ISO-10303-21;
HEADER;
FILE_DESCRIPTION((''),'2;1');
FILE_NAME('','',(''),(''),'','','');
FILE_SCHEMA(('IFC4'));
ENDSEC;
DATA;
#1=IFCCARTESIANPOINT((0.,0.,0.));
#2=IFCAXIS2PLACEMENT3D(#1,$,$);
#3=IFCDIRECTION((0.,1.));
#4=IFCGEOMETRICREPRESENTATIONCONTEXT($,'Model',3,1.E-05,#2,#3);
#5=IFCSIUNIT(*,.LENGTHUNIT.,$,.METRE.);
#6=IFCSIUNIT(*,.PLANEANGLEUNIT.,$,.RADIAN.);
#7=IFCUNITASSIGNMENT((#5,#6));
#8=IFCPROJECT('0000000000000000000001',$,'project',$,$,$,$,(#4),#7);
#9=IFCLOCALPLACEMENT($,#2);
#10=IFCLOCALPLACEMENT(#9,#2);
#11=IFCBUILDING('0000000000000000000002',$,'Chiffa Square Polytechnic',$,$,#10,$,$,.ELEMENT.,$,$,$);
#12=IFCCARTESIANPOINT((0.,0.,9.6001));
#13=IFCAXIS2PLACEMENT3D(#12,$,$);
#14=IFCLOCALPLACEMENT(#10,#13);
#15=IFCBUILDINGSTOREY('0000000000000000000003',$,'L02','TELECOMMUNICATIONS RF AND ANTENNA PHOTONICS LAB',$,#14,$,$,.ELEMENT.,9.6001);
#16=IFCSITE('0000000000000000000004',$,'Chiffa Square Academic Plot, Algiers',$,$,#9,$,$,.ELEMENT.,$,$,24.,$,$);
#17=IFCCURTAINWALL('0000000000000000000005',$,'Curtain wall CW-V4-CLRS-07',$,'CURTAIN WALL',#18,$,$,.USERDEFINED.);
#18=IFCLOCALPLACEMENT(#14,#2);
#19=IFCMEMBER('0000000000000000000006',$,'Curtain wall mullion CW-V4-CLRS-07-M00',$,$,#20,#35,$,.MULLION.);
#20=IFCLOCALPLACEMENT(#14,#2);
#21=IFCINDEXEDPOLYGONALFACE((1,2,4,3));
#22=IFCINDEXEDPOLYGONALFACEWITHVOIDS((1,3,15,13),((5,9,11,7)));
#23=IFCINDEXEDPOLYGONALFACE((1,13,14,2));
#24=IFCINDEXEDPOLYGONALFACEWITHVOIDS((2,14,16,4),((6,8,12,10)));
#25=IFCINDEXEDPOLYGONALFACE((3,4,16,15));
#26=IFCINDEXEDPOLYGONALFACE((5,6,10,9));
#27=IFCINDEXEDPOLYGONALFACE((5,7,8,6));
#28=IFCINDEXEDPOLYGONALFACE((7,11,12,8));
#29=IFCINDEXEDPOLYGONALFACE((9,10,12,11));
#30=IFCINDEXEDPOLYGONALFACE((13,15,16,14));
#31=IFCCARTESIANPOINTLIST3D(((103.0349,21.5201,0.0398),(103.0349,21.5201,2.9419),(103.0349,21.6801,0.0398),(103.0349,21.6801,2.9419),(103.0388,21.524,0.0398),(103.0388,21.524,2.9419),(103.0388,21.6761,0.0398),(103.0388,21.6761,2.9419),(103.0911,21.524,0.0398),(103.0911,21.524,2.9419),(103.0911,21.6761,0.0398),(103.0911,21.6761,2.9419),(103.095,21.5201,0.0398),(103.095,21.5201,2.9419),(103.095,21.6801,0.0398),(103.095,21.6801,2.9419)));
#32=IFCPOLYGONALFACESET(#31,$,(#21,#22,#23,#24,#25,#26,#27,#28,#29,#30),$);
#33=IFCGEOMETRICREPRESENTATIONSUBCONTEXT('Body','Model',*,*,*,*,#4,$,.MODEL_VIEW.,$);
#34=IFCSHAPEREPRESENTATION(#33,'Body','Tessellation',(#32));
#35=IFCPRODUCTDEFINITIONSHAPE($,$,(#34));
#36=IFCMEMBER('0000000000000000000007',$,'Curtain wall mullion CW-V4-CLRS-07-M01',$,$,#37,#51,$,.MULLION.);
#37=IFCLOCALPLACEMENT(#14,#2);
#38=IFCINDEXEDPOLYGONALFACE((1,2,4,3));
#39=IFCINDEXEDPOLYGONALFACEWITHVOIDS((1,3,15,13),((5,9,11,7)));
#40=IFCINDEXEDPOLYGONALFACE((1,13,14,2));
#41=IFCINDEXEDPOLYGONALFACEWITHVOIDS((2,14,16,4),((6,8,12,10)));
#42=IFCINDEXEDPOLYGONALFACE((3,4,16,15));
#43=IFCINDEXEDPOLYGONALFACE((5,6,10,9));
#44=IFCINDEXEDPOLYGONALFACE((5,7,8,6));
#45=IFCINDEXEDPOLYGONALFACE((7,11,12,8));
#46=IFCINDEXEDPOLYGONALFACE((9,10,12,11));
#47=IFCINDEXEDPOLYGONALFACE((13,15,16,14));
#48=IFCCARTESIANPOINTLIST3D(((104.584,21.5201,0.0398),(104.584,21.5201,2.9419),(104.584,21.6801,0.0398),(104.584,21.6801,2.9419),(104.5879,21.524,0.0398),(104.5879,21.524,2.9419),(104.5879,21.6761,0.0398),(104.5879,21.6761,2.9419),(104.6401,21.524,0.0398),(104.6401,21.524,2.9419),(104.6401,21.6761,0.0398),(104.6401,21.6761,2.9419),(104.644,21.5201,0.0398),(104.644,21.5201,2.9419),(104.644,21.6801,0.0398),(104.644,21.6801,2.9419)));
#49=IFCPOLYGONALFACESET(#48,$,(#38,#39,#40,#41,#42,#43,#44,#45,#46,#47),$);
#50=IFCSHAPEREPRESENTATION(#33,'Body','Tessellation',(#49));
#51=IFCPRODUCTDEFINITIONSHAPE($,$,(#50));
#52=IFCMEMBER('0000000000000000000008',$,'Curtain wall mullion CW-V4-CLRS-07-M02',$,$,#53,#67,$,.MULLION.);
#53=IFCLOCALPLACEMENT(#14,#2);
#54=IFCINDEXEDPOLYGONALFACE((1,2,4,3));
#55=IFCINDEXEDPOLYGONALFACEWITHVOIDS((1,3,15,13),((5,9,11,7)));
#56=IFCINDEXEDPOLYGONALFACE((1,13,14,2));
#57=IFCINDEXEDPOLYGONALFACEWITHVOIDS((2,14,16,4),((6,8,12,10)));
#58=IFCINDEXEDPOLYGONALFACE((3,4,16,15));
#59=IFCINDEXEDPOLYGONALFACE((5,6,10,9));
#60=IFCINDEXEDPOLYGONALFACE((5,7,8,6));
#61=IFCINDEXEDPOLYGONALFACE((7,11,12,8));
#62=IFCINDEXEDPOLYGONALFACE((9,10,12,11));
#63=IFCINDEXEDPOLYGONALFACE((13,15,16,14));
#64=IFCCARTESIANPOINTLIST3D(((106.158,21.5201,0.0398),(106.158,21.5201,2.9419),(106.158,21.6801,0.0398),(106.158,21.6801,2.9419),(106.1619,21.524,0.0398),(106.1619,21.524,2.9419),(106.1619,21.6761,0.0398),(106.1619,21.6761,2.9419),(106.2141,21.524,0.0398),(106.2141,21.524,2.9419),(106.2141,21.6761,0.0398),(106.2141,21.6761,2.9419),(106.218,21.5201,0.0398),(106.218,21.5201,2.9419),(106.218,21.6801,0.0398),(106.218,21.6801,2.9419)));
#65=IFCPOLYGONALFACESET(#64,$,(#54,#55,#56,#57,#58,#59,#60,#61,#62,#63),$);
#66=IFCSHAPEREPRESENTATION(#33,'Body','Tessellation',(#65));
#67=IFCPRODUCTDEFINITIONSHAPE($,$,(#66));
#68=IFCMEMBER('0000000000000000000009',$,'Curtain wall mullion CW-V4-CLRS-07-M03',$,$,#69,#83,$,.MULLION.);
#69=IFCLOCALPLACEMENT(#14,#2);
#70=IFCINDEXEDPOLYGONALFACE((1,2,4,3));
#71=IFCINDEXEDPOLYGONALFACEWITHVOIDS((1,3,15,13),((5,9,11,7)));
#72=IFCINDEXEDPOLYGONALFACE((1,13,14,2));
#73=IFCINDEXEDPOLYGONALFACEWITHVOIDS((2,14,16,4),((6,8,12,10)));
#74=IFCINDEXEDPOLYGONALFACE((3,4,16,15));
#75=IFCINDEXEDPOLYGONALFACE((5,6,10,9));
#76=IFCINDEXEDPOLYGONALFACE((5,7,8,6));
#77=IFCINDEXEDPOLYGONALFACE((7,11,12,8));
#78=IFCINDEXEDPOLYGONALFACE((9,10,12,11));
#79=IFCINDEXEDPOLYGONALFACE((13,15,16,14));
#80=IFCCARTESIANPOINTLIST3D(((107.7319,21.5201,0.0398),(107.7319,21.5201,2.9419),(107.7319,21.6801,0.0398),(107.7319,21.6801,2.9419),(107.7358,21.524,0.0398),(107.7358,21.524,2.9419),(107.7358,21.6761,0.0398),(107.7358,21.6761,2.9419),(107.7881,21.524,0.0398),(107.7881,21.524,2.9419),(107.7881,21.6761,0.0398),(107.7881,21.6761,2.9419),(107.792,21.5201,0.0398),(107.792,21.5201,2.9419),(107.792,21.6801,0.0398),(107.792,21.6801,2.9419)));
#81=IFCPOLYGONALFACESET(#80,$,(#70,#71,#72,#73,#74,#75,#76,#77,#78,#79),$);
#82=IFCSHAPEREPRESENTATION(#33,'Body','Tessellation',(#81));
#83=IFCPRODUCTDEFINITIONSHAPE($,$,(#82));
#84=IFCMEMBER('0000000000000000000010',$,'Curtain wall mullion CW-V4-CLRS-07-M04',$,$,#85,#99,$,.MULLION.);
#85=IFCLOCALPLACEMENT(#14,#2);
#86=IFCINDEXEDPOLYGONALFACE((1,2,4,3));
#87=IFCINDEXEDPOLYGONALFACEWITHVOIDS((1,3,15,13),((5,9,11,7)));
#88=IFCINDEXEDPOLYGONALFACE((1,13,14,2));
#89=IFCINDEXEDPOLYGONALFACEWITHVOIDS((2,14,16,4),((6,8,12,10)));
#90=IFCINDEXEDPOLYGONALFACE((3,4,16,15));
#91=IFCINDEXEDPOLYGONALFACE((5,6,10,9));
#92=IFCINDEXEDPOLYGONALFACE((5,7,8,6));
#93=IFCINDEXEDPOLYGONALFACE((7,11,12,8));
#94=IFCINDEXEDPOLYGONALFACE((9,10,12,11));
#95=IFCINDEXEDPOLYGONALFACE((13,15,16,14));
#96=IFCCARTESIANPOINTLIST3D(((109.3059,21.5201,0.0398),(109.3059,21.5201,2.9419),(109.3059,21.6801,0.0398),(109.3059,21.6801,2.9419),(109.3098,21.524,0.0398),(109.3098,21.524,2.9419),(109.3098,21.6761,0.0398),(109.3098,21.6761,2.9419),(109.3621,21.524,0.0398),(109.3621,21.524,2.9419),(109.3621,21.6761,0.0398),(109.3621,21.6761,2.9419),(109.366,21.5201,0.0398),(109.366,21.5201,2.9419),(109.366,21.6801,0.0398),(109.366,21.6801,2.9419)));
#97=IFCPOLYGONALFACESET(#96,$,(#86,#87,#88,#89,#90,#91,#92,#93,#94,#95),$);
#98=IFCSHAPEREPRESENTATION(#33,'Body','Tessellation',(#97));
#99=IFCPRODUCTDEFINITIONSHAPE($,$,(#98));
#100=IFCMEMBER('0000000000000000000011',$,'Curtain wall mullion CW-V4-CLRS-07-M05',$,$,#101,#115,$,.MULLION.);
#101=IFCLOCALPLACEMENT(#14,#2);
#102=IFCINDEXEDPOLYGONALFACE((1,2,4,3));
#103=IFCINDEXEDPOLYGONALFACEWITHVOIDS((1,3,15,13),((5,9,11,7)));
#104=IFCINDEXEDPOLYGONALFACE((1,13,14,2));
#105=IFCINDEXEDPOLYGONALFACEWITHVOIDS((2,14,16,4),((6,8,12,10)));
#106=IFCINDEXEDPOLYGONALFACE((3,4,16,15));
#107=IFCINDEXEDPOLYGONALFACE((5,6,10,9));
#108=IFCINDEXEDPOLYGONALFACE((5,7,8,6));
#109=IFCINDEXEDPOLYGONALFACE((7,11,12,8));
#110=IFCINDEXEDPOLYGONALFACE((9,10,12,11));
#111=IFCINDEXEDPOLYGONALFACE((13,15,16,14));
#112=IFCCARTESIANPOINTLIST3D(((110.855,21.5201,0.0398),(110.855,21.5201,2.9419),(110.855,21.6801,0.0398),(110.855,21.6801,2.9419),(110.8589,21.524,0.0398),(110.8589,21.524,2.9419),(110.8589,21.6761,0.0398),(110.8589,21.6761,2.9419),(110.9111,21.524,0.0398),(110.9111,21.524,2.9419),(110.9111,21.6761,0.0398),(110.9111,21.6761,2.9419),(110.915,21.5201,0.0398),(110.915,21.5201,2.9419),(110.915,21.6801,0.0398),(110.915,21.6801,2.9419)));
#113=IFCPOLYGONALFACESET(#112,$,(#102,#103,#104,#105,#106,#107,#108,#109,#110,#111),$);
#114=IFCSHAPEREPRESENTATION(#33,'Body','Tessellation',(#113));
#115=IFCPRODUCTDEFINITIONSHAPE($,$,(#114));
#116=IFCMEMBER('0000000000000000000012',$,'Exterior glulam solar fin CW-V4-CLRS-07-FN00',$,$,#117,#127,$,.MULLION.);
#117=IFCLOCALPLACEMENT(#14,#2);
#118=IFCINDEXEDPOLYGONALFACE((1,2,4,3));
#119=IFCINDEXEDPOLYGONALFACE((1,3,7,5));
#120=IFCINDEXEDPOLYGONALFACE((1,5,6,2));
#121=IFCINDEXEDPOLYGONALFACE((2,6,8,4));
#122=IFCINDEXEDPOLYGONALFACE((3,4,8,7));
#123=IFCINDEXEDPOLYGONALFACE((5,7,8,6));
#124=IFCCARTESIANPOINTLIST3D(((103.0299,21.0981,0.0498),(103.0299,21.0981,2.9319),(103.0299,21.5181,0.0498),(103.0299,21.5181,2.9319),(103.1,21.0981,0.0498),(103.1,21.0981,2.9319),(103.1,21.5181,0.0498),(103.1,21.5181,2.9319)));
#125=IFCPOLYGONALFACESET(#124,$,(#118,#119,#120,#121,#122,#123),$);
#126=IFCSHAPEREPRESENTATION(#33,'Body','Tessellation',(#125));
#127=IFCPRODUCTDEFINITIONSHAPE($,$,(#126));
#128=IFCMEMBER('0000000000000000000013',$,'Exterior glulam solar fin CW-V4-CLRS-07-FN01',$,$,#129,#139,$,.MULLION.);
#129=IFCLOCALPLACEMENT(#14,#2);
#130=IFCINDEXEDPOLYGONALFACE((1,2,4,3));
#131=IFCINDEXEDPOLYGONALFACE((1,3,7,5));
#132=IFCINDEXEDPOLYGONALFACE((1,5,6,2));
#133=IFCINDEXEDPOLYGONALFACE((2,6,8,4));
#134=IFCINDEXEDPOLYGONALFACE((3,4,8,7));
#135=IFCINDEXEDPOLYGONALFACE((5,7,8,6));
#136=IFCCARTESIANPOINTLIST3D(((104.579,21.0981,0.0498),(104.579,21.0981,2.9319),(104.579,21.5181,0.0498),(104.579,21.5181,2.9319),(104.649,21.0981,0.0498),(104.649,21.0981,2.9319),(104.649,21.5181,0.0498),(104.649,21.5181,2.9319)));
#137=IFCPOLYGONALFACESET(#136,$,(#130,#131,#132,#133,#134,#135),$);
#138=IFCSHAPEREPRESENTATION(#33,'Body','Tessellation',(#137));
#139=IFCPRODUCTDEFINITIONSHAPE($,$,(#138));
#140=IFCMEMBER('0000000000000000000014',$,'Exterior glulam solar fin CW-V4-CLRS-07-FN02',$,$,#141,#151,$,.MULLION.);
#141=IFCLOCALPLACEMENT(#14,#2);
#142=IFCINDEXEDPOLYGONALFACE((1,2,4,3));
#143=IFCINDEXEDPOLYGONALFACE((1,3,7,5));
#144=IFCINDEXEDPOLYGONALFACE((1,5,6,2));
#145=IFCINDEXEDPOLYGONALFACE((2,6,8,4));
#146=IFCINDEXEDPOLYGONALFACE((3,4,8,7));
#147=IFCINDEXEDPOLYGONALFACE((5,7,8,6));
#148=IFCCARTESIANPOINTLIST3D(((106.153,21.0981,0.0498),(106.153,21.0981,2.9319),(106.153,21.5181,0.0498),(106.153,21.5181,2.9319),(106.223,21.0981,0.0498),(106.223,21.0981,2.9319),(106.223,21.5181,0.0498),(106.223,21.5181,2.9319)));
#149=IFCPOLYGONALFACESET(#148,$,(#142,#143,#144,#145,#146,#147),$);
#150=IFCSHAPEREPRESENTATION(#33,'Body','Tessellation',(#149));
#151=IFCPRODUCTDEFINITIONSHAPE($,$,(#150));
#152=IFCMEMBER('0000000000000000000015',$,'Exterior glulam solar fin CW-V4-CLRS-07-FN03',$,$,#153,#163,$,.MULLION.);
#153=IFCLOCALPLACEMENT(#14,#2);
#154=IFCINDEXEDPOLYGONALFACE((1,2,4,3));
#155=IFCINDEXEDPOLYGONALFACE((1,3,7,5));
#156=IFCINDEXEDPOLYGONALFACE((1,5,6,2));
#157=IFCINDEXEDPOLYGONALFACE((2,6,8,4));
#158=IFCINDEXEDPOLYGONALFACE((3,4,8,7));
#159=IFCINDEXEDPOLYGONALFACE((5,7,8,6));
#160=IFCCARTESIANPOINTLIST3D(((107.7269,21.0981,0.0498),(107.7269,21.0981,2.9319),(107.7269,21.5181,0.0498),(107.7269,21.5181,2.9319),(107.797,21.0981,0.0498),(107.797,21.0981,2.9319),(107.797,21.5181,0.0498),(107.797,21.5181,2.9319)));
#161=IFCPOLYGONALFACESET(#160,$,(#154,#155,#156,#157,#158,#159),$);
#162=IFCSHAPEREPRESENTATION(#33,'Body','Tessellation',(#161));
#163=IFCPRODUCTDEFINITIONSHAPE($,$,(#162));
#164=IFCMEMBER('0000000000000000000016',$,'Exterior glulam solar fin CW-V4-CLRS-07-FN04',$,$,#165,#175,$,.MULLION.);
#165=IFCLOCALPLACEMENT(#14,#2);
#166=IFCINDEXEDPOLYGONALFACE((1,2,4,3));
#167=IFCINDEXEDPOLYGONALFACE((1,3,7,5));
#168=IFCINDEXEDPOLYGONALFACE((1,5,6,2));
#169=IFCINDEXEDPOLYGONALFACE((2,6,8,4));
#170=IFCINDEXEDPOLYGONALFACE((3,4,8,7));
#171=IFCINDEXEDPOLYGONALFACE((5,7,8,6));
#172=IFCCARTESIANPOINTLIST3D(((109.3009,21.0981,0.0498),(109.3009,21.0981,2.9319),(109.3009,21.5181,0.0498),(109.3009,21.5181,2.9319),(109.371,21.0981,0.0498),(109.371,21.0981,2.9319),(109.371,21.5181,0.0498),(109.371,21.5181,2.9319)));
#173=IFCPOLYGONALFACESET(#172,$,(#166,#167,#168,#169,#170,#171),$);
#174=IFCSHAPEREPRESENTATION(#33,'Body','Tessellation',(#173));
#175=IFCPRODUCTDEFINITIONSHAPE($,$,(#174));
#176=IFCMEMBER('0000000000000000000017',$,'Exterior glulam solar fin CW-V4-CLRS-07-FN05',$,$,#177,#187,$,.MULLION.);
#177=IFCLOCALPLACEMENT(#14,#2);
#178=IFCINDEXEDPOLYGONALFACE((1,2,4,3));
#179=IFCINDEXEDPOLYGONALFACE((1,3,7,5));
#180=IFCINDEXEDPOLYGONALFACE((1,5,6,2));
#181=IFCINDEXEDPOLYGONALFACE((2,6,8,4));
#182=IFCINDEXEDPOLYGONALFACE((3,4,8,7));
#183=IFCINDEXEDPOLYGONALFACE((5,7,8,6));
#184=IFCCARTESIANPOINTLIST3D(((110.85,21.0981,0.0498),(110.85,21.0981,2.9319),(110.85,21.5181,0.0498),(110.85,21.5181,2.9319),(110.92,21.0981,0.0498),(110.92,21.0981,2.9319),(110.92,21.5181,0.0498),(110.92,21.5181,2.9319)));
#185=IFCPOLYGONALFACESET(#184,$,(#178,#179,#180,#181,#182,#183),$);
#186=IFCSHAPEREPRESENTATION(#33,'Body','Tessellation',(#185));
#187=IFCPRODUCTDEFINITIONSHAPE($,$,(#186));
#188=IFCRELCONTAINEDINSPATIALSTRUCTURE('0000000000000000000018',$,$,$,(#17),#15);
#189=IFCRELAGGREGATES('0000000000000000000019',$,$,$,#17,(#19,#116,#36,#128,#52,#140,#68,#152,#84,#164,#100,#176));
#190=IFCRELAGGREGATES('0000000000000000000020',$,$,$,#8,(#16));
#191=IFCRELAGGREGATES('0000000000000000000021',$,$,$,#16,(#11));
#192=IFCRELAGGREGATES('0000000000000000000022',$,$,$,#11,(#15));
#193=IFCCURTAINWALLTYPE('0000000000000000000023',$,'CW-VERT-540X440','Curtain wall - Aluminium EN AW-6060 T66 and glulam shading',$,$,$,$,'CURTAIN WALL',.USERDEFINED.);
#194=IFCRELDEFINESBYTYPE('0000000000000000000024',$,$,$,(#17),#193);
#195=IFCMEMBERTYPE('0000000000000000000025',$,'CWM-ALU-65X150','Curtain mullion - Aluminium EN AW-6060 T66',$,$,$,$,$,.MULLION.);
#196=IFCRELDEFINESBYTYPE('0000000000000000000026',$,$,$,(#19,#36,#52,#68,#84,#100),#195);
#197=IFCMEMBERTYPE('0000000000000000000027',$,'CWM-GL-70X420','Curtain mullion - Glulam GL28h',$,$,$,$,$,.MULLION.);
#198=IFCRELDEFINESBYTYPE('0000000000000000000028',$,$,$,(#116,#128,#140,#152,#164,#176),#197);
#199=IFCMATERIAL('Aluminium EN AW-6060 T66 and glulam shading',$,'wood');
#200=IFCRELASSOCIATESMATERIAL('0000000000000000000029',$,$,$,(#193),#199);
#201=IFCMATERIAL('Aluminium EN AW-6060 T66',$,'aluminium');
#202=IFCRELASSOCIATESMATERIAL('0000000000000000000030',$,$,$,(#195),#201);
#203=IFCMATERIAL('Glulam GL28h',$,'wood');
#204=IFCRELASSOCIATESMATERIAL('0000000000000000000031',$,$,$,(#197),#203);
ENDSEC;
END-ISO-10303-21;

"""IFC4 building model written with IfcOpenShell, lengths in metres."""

from ifc_helpers import new_model, si_unit, direction, frame, origin, origin_2d, place, context, subcontext, project, spatial, rectangle, hollow_rectangle, extrude, material, material_profile, profile_set, type_object, element, aggregate, save


model = new_model("IFC4")

# Units and contexts
model_context = context("Model", 3, precision=1e-05, world=origin(), true_north=direction((0.0, 1.0)))
body_context = subcontext(model_context, "Body", "Model", "MODEL_VIEW")
ifc_project = project(units=[si_unit("LENGTHUNIT", "METRE"), si_unit("PLANEANGLEUNIT", "RADIAN")], contexts=[model_context])

# Site, building, storey
site_placement = place(None, origin())
site = spatial("IfcSite", under=ifc_project, at=site_placement, Name="Chiffa Square Academic Plot, Algiers", CompositionType="ELEMENT", RefElevation=24.0)
building_placement = place(site_placement, origin())
building = spatial("IfcBuilding", under=site, at=building_placement, Name="Chiffa Square Polytechnic", CompositionType="ELEMENT")
storey_placement = place(building_placement, frame((0.0, 0.0, 9.6001)))
storey = spatial("IfcBuildingStorey", under=building, at=storey_placement, Name="L02", Description="TELECOMMUNICATIONS RF AND ANTENNA PHOTONICS LAB", CompositionType="ELEMENT", Elevation=9.6001)

# Curtain wall, members
ifc_material_1 = material(Name="Aluminium EN AW-6060 T66 and glulam shading", Category="wood")
curtain_wall_type = type_object("IfcCurtainWallType", Name="CW-VERT-540X440", Description="Curtain wall - Aluminium EN AW-6060 T66 and glulam shading", ElementType="CURTAIN WALL", PredefinedType="USERDEFINED", material=ifc_material_1)
curtain_wall_placement = place(storey_placement, origin())
curtain_wall = element("IfcCurtainWall", 1, at=curtain_wall_placement, inside=storey, type_object=curtain_wall_type, Name="Curtain wall CW-V4-CLRS-07", ObjectType="CURTAIN WALL", PredefinedType="USERDEFINED")
ifc_material_2 = material(Name="Aluminium EN AW-6060 T66", Category="aluminium")
ifc_material_profile_1 = material_profile(ifc_material_2, hollow_rectangle(XDim=0.0601, YDim=0.1599, WallThickness=0.0039, at=origin_2d()), Name="ALU 60x160x4")
ifc_profile_set_1 = profile_set([ifc_material_profile_1], Name="Aluminium EN AW-6060 T66")
member_type_1 = type_object("IfcMemberType", Name="CWM-ALU-65X150", Description="Curtain mullion - Aluminium EN AW-6060 T66", PredefinedType="MULLION", material=ifc_profile_set_1)
member_1_placement = place(storey_placement, frame((103.0649, 21.6001, 0.0398), z_axis=(0.0, 0.0, 1.0), x_axis=(1.0, 0.0, 0.0)))
member_1 = element("IfcMember", 2, at=member_1_placement, type_object=member_type_1, Name="Curtain wall mullion CW-V4-CLRS-07-M00", PredefinedType="MULLION", context=body_context, shape_type="SweptSolid", body=[
    extrude(hollow_rectangle(XDim=0.0601, YDim=0.1599, WallThickness=0.0039, at=origin_2d()), origin(), (0.0, 0.0, 1.0), 2.9021),
])
member_2_placement = place(storey_placement, frame((104.614, 21.6001, 0.0398), z_axis=(0.0, 0.0, 1.0), x_axis=(1.0, 0.0, 0.0)))
member_2 = element("IfcMember", 3, at=member_2_placement, type_object=member_type_1, Name="Curtain wall mullion CW-V4-CLRS-07-M01", PredefinedType="MULLION", context=body_context, shape_type="SweptSolid", body=[
    extrude(hollow_rectangle(XDim=0.0601, YDim=0.1599, WallThickness=0.0039, at=origin_2d()), origin(), (0.0, 0.0, 1.0), 2.9021),
])
member_3_placement = place(storey_placement, frame((106.188, 21.6001, 0.0398), z_axis=(0.0, 0.0, 1.0), x_axis=(1.0, 0.0, 0.0)))
member_3 = element("IfcMember", 4, at=member_3_placement, type_object=member_type_1, Name="Curtain wall mullion CW-V4-CLRS-07-M02", PredefinedType="MULLION", context=body_context, shape_type="SweptSolid", body=[
    extrude(hollow_rectangle(XDim=0.0601, YDim=0.1599, WallThickness=0.0039, at=origin_2d()), origin(), (0.0, 0.0, 1.0), 2.9021),
])
member_4_placement = place(storey_placement, frame((107.762, 21.6001, 0.0398), z_axis=(0.0, 0.0, 1.0), x_axis=(1.0, 0.0, 0.0)))
member_4 = element("IfcMember", 5, at=member_4_placement, type_object=member_type_1, Name="Curtain wall mullion CW-V4-CLRS-07-M03", PredefinedType="MULLION", context=body_context, shape_type="SweptSolid", body=[
    extrude(hollow_rectangle(XDim=0.0601, YDim=0.1599, WallThickness=0.0039, at=origin_2d()), origin(), (0.0, 0.0, 1.0), 2.9021),
])
member_5_placement = place(storey_placement, frame((109.3359, 21.6001, 0.0398), z_axis=(0.0, 0.0, 1.0), x_axis=(1.0, 0.0, 0.0)))
member_5 = element("IfcMember", 6, at=member_5_placement, type_object=member_type_1, Name="Curtain wall mullion CW-V4-CLRS-07-M04", PredefinedType="MULLION", context=body_context, shape_type="SweptSolid", body=[
    extrude(hollow_rectangle(XDim=0.0601, YDim=0.1599, WallThickness=0.0039, at=origin_2d()), origin(), (0.0, 0.0, 1.0), 2.9021),
])
member_6_placement = place(storey_placement, frame((110.885, 21.6001, 0.0398), z_axis=(0.0, 0.0, 1.0), x_axis=(1.0, 0.0, 0.0)))
member_6 = element("IfcMember", 7, at=member_6_placement, type_object=member_type_1, Name="Curtain wall mullion CW-V4-CLRS-07-M05", PredefinedType="MULLION", context=body_context, shape_type="SweptSolid", body=[
    extrude(hollow_rectangle(XDim=0.0601, YDim=0.1599, WallThickness=0.0039, at=origin_2d()), origin(), (0.0, 0.0, 1.0), 2.9021),
])
ifc_material_3 = material(Name="Glulam GL28h", Category="wood")
ifc_material_profile_2 = material_profile(ifc_material_3, rectangle(XDim=0.0701, YDim=0.4199, at=origin_2d()), Name="GL28h 70x420")
ifc_profile_set_2 = profile_set([ifc_material_profile_2], Name="Glulam GL28h")
member_type_2 = type_object("IfcMemberType", Name="CWM-GL-70X420", Description="Curtain mullion - Glulam GL28h", PredefinedType="MULLION", material=ifc_profile_set_2)
member_7_placement = place(storey_placement, frame((103.0649, 21.3081, 0.0498), z_axis=(0.0, 0.0, 1.0), x_axis=(1.0, 0.0, 0.0)))
member_7 = element("IfcMember", 8, at=member_7_placement, type_object=member_type_2, Name="Exterior glulam solar fin CW-V4-CLRS-07-FN00", PredefinedType="MULLION", context=body_context, shape_type="SweptSolid", body=[
    extrude(rectangle(XDim=0.0701, YDim=0.4199, at=origin_2d()), origin(), (0.0, 0.0, 1.0), 2.8821),
])
member_8_placement = place(storey_placement, frame((104.614, 21.3081, 0.0498), z_axis=(0.0, 0.0, 1.0), x_axis=(1.0, 0.0, 0.0)))
member_8 = element("IfcMember", 9, at=member_8_placement, type_object=member_type_2, Name="Exterior glulam solar fin CW-V4-CLRS-07-FN01", PredefinedType="MULLION", context=body_context, shape_type="SweptSolid", body=[
    extrude(rectangle(XDim=0.0701, YDim=0.4199, at=origin_2d()), origin(), (0.0, 0.0, 1.0), 2.8821),
])
member_9_placement = place(storey_placement, frame((106.188, 21.3081, 0.0498), z_axis=(0.0, 0.0, 1.0), x_axis=(1.0, 0.0, 0.0)))
member_9 = element("IfcMember", 10, at=member_9_placement, type_object=member_type_2, Name="Exterior glulam solar fin CW-V4-CLRS-07-FN02", PredefinedType="MULLION", context=body_context, shape_type="SweptSolid", body=[
    extrude(rectangle(XDim=0.0701, YDim=0.4199, at=origin_2d()), origin(), (0.0, 0.0, 1.0), 2.8821),
])
member_10_placement = place(storey_placement, frame((107.762, 21.3081, 0.0498), z_axis=(0.0, 0.0, 1.0), x_axis=(1.0, 0.0, 0.0)))
member_10 = element("IfcMember", 11, at=member_10_placement, type_object=member_type_2, Name="Exterior glulam solar fin CW-V4-CLRS-07-FN03", PredefinedType="MULLION", context=body_context, shape_type="SweptSolid", body=[
    extrude(rectangle(XDim=0.0701, YDim=0.4199, at=origin_2d()), origin(), (0.0, 0.0, 1.0), 2.8821),
])
member_11_placement = place(storey_placement, frame((109.3359, 21.3081, 0.0498), z_axis=(0.0, 0.0, 1.0), x_axis=(1.0, 0.0, 0.0)))
member_11 = element("IfcMember", 12, at=member_11_placement, type_object=member_type_2, Name="Exterior glulam solar fin CW-V4-CLRS-07-FN04", PredefinedType="MULLION", context=body_context, shape_type="SweptSolid", body=[
    extrude(rectangle(XDim=0.0701, YDim=0.4199, at=origin_2d()), origin(), (0.0, 0.0, 1.0), 2.8821),
])
member_12_placement = place(storey_placement, frame((110.885, 21.3081, 0.0498), z_axis=(0.0, 0.0, 1.0), x_axis=(1.0, 0.0, 0.0)))
member_12 = element("IfcMember", 13, at=member_12_placement, type_object=member_type_2, Name="Exterior glulam solar fin CW-V4-CLRS-07-FN05", PredefinedType="MULLION", context=body_context, shape_type="SweptSolid", body=[
    extrude(rectangle(XDim=0.0701, YDim=0.4199, at=origin_2d()), origin(), (0.0, 0.0, 1.0), 2.8821),
])
aggregate(curtain_wall, [member_1, member_7, member_2, member_8, member_3, member_9, member_4, member_10, member_5, member_11, member_6, member_12])

save(model, "model.ifc")
